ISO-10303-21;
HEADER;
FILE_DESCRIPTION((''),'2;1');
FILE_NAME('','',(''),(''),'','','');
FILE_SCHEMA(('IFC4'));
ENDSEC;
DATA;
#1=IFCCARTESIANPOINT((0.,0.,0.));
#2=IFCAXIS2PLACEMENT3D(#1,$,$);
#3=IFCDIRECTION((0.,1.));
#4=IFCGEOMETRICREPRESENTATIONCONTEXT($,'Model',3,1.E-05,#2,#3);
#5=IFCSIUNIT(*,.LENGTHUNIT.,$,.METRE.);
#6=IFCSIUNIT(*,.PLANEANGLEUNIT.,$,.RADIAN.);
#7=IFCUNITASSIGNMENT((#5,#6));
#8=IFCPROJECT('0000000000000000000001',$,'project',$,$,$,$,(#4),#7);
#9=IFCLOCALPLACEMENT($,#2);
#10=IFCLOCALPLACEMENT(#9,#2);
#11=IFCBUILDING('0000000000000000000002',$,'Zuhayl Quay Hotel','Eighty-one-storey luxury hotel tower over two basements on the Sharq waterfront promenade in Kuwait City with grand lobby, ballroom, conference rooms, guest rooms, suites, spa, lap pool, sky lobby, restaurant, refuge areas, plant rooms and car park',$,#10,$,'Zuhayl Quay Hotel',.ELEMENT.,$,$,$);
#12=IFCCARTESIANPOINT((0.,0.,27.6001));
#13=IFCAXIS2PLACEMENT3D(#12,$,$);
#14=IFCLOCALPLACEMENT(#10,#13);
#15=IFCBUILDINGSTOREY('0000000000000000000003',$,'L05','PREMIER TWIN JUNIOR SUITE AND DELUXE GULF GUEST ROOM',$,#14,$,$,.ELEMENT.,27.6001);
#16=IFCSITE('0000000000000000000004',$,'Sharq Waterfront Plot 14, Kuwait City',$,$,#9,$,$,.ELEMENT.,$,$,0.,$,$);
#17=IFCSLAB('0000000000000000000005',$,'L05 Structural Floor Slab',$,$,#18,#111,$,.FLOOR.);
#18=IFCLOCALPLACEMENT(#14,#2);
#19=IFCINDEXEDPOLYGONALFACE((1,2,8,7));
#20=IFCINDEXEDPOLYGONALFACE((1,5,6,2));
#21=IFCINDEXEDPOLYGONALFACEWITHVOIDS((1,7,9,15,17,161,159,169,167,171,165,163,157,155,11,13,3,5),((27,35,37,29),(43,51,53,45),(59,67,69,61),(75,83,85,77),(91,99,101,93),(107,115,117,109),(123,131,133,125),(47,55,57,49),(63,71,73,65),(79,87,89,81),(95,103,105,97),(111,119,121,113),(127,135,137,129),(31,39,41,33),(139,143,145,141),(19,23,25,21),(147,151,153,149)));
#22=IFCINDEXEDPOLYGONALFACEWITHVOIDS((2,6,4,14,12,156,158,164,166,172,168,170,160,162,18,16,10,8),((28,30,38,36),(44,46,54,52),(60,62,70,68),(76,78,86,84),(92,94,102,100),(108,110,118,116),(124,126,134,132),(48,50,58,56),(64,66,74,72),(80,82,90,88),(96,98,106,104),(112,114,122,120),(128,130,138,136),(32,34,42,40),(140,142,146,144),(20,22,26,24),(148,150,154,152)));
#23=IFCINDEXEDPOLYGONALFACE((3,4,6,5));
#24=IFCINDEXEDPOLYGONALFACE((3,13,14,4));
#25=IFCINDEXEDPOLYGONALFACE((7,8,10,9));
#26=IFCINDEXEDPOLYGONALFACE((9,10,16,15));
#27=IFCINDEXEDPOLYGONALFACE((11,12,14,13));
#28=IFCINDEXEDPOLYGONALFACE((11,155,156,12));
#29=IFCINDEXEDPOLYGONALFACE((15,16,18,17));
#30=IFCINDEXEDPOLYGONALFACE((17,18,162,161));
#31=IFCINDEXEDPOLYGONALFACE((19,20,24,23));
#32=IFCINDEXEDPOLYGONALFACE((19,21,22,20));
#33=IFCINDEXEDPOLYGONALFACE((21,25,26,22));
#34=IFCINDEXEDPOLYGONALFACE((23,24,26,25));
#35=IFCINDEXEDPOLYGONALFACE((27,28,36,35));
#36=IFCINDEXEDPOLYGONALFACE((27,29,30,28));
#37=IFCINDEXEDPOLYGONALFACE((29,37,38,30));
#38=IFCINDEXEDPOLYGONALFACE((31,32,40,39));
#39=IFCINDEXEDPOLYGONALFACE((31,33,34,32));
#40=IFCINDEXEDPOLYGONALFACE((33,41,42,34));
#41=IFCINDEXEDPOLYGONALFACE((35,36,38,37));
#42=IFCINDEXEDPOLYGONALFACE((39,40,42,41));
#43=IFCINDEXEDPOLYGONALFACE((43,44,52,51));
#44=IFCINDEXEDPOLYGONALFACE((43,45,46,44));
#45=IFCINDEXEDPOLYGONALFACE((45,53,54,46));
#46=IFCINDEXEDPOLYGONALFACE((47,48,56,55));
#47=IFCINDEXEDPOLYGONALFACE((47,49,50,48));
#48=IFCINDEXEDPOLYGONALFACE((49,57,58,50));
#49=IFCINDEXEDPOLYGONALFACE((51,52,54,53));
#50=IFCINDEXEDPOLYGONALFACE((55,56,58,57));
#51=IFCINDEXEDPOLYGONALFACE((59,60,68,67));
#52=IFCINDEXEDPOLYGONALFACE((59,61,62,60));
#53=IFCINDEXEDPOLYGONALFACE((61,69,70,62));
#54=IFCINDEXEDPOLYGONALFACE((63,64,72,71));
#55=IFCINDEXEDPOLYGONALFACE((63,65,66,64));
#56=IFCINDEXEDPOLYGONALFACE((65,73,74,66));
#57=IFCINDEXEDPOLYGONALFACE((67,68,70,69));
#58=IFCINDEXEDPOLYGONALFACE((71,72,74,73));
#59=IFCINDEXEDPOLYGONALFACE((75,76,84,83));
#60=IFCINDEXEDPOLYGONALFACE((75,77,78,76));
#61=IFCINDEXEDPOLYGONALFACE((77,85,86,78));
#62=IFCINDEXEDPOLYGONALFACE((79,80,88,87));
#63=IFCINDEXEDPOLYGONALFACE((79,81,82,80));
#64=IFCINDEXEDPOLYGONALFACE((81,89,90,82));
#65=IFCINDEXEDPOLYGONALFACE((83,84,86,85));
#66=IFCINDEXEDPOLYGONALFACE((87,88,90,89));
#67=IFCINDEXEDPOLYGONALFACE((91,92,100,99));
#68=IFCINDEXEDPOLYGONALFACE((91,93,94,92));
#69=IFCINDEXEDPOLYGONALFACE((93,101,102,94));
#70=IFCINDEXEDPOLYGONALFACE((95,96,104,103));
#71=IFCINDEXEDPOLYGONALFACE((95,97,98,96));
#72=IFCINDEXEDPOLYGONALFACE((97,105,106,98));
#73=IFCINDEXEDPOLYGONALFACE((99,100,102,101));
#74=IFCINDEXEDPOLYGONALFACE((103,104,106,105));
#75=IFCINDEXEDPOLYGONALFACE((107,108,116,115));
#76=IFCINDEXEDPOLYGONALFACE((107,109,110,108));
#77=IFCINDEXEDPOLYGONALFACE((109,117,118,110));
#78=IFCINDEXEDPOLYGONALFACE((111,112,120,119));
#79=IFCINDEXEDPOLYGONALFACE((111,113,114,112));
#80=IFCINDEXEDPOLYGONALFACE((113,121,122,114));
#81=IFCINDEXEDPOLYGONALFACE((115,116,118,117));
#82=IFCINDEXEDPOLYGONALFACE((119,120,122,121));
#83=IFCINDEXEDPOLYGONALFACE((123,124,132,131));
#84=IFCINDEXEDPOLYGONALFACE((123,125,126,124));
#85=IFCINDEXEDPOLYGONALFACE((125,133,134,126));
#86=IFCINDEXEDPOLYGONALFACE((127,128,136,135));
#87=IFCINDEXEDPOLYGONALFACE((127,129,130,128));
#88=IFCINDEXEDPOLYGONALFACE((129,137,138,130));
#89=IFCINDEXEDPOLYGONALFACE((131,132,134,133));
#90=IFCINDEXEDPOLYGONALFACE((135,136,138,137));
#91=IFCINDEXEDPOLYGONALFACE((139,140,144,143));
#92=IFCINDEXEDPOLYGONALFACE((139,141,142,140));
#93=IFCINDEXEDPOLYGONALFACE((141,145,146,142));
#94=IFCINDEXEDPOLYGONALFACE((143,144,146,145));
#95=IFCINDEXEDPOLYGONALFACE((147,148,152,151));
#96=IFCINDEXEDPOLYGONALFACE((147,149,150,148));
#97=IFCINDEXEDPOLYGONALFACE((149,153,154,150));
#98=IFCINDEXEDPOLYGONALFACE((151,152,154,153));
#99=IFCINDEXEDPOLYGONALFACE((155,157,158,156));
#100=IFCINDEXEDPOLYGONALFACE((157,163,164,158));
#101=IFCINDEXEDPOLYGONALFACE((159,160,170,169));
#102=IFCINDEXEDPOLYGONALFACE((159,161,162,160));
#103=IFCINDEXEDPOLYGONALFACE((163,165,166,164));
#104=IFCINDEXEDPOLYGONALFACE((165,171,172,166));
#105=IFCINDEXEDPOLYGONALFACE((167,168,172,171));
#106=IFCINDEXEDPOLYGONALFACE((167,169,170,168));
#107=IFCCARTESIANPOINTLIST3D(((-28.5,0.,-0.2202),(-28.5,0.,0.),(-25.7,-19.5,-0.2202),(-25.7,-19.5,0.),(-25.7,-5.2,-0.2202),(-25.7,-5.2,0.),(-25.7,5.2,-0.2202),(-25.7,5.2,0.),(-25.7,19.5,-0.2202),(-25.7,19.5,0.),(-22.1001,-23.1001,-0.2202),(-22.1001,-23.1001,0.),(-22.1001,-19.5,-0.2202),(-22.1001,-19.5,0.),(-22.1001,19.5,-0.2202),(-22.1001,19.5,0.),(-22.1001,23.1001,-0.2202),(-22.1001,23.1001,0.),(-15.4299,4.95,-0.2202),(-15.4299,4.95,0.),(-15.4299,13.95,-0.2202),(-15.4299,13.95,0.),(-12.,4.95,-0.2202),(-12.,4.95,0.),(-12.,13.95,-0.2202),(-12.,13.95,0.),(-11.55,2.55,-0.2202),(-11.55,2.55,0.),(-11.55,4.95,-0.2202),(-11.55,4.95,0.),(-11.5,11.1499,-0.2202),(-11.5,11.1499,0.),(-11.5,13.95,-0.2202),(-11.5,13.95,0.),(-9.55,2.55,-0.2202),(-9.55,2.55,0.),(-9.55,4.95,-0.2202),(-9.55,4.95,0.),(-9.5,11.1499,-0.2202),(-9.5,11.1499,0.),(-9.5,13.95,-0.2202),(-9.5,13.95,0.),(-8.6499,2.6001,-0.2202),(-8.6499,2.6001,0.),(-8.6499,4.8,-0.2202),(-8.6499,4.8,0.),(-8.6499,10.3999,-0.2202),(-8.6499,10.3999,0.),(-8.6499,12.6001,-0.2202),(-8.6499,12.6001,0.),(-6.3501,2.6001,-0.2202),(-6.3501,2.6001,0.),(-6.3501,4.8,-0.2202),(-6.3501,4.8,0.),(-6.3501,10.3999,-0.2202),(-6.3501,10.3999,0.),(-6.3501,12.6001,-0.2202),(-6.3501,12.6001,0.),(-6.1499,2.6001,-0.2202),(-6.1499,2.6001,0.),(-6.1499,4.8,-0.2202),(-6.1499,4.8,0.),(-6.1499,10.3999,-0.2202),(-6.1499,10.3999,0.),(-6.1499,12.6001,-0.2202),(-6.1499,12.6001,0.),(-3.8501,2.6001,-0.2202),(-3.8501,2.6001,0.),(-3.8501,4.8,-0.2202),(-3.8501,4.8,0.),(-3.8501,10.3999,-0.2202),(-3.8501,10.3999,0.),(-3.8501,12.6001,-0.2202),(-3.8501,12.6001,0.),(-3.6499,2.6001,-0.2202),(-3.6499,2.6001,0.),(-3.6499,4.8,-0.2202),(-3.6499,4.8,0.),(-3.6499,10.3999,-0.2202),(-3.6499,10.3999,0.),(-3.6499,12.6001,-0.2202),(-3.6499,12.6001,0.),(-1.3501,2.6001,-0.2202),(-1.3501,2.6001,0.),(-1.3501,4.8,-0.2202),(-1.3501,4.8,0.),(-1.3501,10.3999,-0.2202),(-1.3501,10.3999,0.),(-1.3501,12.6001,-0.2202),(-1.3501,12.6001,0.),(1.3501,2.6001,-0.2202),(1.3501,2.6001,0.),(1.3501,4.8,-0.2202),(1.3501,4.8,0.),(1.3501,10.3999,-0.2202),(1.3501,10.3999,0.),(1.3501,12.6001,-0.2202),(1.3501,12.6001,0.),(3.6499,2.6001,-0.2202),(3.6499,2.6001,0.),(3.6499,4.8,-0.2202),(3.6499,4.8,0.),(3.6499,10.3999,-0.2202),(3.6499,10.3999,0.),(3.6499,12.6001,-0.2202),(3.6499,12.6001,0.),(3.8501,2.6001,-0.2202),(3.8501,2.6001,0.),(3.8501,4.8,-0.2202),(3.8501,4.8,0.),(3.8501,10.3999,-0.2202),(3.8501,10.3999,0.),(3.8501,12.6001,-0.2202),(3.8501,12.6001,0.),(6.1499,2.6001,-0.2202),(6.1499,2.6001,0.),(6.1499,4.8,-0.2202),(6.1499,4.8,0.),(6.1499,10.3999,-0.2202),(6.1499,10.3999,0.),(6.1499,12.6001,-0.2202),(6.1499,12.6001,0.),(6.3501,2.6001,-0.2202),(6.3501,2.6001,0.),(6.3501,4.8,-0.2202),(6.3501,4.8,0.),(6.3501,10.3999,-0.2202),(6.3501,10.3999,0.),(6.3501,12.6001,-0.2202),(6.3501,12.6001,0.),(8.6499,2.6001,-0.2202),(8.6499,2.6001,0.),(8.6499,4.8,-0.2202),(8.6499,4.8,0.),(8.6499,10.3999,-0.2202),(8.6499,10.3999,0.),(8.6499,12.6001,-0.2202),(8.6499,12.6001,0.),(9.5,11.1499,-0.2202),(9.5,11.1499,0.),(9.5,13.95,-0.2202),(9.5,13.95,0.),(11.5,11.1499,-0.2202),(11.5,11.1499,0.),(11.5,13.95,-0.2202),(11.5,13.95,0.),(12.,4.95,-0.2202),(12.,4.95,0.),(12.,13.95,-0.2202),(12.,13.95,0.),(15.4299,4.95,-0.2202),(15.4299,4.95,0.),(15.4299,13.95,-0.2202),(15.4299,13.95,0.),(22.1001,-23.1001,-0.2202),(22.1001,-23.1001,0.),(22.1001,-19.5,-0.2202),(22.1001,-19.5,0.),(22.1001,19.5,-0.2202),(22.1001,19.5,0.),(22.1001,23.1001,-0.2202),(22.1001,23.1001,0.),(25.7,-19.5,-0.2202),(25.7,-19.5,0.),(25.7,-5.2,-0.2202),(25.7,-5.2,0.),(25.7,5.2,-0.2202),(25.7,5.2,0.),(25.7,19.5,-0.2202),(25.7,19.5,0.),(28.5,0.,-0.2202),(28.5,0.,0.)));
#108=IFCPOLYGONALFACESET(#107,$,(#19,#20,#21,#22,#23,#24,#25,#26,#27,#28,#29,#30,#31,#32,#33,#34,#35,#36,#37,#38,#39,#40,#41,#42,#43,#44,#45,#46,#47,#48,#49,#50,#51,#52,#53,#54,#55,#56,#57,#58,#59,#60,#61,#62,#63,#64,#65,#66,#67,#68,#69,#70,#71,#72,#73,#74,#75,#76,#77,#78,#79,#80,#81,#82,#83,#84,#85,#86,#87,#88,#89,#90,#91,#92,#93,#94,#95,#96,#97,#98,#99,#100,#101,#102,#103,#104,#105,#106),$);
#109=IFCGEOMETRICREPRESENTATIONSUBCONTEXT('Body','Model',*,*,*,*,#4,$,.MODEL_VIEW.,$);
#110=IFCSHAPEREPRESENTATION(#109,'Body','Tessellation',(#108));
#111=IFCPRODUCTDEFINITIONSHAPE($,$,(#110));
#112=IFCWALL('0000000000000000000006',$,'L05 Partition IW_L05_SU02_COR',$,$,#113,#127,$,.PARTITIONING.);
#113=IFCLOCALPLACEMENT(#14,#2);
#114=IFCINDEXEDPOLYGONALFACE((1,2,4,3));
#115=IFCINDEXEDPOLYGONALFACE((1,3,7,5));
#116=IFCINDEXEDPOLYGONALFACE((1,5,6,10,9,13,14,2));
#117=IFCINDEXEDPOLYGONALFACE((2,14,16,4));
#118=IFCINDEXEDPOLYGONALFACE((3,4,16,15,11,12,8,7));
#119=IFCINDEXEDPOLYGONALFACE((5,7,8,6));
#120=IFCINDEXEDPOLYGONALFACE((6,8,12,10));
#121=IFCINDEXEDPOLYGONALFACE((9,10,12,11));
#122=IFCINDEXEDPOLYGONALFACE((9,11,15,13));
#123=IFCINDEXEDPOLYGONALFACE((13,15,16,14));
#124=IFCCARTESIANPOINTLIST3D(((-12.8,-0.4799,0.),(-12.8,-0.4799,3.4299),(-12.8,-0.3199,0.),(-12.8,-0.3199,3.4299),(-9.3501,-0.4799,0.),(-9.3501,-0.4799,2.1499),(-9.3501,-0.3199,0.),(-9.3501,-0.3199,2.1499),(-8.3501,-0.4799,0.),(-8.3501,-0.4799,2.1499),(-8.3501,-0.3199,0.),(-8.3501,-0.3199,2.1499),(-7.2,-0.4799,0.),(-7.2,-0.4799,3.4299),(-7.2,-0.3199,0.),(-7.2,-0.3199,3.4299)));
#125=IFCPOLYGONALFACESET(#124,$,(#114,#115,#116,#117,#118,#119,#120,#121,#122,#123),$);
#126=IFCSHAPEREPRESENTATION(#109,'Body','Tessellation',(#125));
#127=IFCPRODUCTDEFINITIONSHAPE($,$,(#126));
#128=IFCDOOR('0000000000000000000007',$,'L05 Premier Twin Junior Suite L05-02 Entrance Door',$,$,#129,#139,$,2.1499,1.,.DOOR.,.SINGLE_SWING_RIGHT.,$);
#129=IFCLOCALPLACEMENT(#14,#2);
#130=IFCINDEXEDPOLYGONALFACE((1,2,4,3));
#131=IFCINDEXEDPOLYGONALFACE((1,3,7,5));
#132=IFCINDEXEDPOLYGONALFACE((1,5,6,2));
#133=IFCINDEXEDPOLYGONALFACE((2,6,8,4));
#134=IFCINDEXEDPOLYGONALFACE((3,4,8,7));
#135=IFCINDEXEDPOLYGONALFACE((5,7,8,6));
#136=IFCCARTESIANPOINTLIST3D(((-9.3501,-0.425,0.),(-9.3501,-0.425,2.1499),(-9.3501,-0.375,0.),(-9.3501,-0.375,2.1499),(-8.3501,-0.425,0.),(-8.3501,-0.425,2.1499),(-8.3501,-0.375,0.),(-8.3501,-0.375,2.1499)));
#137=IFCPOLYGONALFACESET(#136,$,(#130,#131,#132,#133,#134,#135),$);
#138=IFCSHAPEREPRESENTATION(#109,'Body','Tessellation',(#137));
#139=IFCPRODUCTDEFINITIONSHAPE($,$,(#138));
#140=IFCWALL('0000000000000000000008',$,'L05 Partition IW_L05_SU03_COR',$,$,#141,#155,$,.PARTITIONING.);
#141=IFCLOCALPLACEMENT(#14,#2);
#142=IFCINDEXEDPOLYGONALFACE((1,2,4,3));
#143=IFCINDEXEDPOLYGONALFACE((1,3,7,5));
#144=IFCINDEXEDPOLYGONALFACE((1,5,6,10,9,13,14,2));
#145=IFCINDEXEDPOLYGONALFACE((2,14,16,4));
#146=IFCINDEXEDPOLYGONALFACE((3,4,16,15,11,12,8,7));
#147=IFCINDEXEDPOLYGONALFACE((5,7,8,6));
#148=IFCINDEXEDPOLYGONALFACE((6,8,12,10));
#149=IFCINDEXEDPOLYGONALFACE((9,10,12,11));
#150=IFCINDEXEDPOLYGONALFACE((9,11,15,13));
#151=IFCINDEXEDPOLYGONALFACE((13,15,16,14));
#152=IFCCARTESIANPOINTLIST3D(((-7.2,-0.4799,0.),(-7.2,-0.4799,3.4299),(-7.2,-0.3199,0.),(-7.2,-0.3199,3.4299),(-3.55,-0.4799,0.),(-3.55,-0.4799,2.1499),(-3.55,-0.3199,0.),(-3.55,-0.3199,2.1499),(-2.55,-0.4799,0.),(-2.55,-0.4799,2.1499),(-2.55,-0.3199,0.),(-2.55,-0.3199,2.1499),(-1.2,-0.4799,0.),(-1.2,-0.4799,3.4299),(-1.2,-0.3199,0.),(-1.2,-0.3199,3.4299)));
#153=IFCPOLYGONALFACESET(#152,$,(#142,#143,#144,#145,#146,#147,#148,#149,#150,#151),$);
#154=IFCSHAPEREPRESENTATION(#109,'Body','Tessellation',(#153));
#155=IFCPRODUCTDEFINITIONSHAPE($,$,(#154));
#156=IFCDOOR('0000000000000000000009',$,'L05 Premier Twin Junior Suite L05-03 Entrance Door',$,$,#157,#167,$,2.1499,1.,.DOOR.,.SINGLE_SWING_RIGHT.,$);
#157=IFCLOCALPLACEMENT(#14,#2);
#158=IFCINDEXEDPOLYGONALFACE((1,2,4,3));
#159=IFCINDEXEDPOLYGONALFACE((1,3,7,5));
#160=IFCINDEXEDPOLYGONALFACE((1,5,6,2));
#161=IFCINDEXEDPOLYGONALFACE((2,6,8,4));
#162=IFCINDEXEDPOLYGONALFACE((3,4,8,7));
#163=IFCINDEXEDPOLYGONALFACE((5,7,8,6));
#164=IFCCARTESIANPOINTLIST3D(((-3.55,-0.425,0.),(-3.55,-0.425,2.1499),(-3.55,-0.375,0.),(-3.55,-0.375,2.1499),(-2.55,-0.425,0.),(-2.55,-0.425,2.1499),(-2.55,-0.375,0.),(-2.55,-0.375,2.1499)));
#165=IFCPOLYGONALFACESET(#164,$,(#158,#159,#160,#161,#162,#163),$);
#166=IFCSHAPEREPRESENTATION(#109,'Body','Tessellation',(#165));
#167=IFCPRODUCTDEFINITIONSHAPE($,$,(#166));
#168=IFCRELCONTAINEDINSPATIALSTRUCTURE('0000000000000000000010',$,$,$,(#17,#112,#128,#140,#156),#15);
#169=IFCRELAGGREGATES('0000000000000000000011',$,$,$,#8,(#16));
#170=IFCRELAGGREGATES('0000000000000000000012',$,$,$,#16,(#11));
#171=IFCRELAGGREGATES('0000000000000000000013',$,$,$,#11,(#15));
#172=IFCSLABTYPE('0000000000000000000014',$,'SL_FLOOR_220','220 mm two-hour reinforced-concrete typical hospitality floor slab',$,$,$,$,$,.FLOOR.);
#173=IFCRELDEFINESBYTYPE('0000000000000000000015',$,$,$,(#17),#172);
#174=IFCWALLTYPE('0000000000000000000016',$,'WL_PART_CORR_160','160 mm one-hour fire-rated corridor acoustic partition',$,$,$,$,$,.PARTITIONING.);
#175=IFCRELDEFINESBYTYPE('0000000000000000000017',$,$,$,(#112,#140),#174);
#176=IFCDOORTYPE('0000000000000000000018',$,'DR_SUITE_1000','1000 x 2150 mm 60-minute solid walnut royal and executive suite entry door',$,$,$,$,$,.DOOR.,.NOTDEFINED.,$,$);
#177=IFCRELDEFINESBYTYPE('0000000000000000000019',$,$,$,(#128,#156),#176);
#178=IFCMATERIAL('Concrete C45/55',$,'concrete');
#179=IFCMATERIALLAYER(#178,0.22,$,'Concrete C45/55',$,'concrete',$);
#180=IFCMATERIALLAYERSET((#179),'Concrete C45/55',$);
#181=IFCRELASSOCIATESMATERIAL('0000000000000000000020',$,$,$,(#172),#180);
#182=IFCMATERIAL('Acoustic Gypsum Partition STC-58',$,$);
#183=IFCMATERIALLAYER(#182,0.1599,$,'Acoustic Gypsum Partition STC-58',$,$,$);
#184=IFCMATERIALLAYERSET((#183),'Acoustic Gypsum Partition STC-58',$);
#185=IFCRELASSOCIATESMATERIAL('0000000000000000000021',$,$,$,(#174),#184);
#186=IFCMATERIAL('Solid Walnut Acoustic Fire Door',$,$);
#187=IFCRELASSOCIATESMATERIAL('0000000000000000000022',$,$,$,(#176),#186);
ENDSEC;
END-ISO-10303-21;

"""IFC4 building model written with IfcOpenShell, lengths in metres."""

from ifc_helpers import new_model, si_unit, direction, frame, frame_2d, origin, place, context, subcontext, project, spatial, polyline, rectangle, outline, extrude, material, layer, layer_set, type_object, element, fill, save


model = new_model("IFC4")

# Units and contexts
model_context = context("Model", 3, precision=1e-05, world=origin(), true_north=direction((0.0, 1.0)))
body_context = subcontext(model_context, "Body", "Model", "MODEL_VIEW")
ifc_project = project(units=[si_unit("LENGTHUNIT", "METRE"), si_unit("PLANEANGLEUNIT", "RADIAN")], contexts=[model_context])

# Site, building, storey
site_placement = place(None, origin())
site = spatial("IfcSite", under=ifc_project, at=site_placement, Name="Sharq Waterfront Plot 14, Kuwait City", CompositionType="ELEMENT", RefElevation=0.0)
building_placement = place(site_placement, origin())
building = spatial("IfcBuilding", under=site, at=building_placement, Name="Zuhayl Quay Hotel", Description="Eighty-one-storey luxury hotel tower over two basements on the Sharq waterfront promenade in Kuwait City with grand lobby, ballroom, conference rooms, guest rooms, suites, spa, lap pool, sky lobby, restaurant, refuge areas, plant rooms and car park", LongName="Zuhayl Quay Hotel", CompositionType="ELEMENT")
storey_placement = place(building_placement, frame((0.0, 0.0, 27.6001)))
storey = spatial("IfcBuildingStorey", under=building, at=storey_placement, Name="L05", Description="PREMIER TWIN JUNIOR SUITE AND DELUXE GULF GUEST ROOM", CompositionType="ELEMENT", Elevation=27.6001)

# Slab
ifc_material_1 = material(Name="Concrete C45/55", Category="concrete")
ifc_layer_1 = layer(ifc_material_1, 0.22, Name="Concrete C45/55", Category="concrete")
ifc_layer_set_1 = layer_set([ifc_layer_1], Name="Concrete C45/55")
slab_type = type_object("IfcSlabType", Name="SL_FLOOR_220", Description="220 mm two-hour reinforced-concrete typical hospitality floor slab", PredefinedType="FLOOR", material=ifc_layer_set_1)
slab_placement = place(storey_placement, frame((0.0, 0.0, -0.2202)))
element("IfcSlab", 1, at=slab_placement, inside=storey, type_object=slab_type, Name="L05 Structural Floor Slab", PredefinedType="FLOOR", context=body_context, shape_type="SweptSolid", body=[
    extrude(outline(polyline([(-22.1001, -23.1001), (22.1001, -23.1001), (22.1001, -19.5), (25.7, -19.5), (25.7, -5.2), (28.5, 0.0), (25.7, 5.2), (25.7, 19.5), (22.1001, 19.5), (22.1001, 23.1001), (-22.1001, 23.1001), (-22.1001, 19.5), (-25.7, 19.5), (-25.7, 5.2), (-28.5, 0.0), (-25.7, -5.2), (-25.7, -19.5), (-22.1001, -19.5), (-22.1001, -23.1001)]), holes=[polyline([(-12.0, 4.95), (-12.0, 13.95), (-15.4299, 13.95), (-15.4299, 4.95), (-12.0, 4.95)]), polyline([(15.4299, 4.95), (15.4299, 13.95), (12.0, 13.95), (12.0, 4.95), (15.4299, 4.95)]), polyline([(-11.5, 11.1499), (-9.5, 11.1499), (-9.5, 13.95), (-11.5, 13.95), (-11.5, 11.1499)]), polyline([(9.5, 11.1499), (11.5, 11.1499), (11.5, 13.95), (9.5, 13.95), (9.5, 11.1499)]), polyline([(-8.6499, 2.6001), (-6.3501, 2.6001), (-6.3501, 4.8), (-8.6499, 4.8), (-8.6499, 2.6001)]), polyline([(-6.1499, 2.6001), (-3.8501, 2.6001), (-3.8501, 4.8), (-6.1499, 4.8), (-6.1499, 2.6001)]), polyline([(-8.6499, 10.3999), (-6.3501, 10.3999), (-6.3501, 12.6001), (-8.6499, 12.6001), (-8.6499, 10.3999)]), polyline([(-6.1499, 10.3999), (-3.8501, 10.3999), (-3.8501, 12.6001), (-6.1499, 12.6001), (-6.1499, 10.3999)]), polyline([(-3.6499, 2.6001), (-1.3501, 2.6001), (-1.3501, 4.8), (-3.6499, 4.8), (-3.6499, 2.6001)]), polyline([(1.3501, 2.6001), (3.6499, 2.6001), (3.6499, 4.8), (1.3501, 4.8), (1.3501, 2.6001)]), polyline([(-3.6499, 10.3999), (-1.3501, 10.3999), (-1.3501, 12.6001), (-3.6499, 12.6001), (-3.6499, 10.3999)]), polyline([(1.3501, 10.3999), (3.6499, 10.3999), (3.6499, 12.6001), (1.3501, 12.6001), (1.3501, 10.3999)]), polyline([(3.8501, 2.6001), (6.1499, 2.6001), (6.1499, 4.8), (3.8501, 4.8), (3.8501, 2.6001)]), polyline([(6.3501, 2.6001), (8.6499, 2.6001), (8.6499, 4.8), (6.3501, 4.8), (6.3501, 2.6001)]), polyline([(3.8501, 10.3999), (6.1499, 10.3999), (6.1499, 12.6001), (3.8501, 12.6001), (3.8501, 10.3999)]), polyline([(6.3501, 10.3999), (8.6499, 10.3999), (8.6499, 12.6001), (6.3501, 12.6001), (6.3501, 10.3999)]), polyline([(-11.55, 2.55), (-9.55, 2.55), (-9.55, 4.95), (-11.55, 4.95), (-11.55, 2.55)])]), origin(), (0.0, 0.0, 1.0), 0.2202),
])

# Walls, openings, doors
ifc_material_2 = material(Name="Acoustic Gypsum Partition STC-58")
ifc_layer_2 = layer(ifc_material_2, 0.1599, Name="Acoustic Gypsum Partition STC-58")
ifc_layer_set_2 = layer_set([ifc_layer_2], Name="Acoustic Gypsum Partition STC-58")
wall_type = type_object("IfcWallType", Name="WL_PART_CORR_160", Description="160 mm one-hour fire-rated corridor acoustic partition", PredefinedType="PARTITIONING", material=ifc_layer_set_2)
wall_1_placement = place(storey_placement, frame((-12.8, -0.3999, 0.0), z_axis=(0.0, 0.0, 1.0), x_axis=(1.0, 0.0, 0.0)))
wall_1 = element("IfcWall", 2, at=wall_1_placement, inside=storey, type_object=wall_type, Name="L05 Partition IW_L05_SU02_COR", PredefinedType="PARTITIONING", context=body_context, shape_type="SweptSolid", body=[
    extrude(rectangle(XDim=5.6001, YDim=0.1599, at=frame_2d((2.8, 0.0))), origin(), (0.0, 0.0, 1.0), 3.4299),
])
opening_1_placement = place(wall_1_placement, frame((3.45, 0.0, 0.0)))
opening_1 = element("IfcOpeningElement", 3, at=opening_1_placement, cuts=wall_1, PredefinedType="OPENING", context=body_context, shape_type="SweptSolid", body=[
    extrude(rectangle(XDim=1.0, YDim=2.1499, at=frame_2d((0.5, 1.075))), frame((0.0, 0.0898, 0.0), z_axis=(0.0, -1.0, 0.0), x_axis=(1.0, 0.0, 0.0)), (0.0, 0.0, 1.0), 0.1799),
])
ifc_material_3 = material(Name="Solid Walnut Acoustic Fire Door")
door_type = type_object("IfcDoorType", Name="DR_SUITE_1000", Description="1000 x 2150 mm 60-minute solid walnut royal and executive suite entry door", OperationType="NOTDEFINED", PredefinedType="DOOR", material=ifc_material_3)
door_1_placement = place(opening_1_placement, origin())
door_1 = element("IfcDoor", 4, at=door_1_placement, inside=storey, type_object=door_type, Name="L05 Premier Twin Junior Suite L05-02 Entrance Door", OperationType="SINGLE_SWING_RIGHT", OverallHeight=2.1499, OverallWidth=1.0, PredefinedType="DOOR", context=body_context, shape_type="SweptSolid", body=[
    extrude(rectangle(XDim=1.0, YDim=2.1499, at=frame_2d((0.5, 1.075))), frame((0.0, 0.0249, 0.0), z_axis=(0.0, -1.0, 0.0), x_axis=(1.0, 0.0, 0.0)), (0.0, 0.0, 1.0), 0.05),
])
fill(opening_1, door_1)
wall_2_placement = place(storey_placement, frame((-7.2, -0.3999, 0.0), z_axis=(0.0, 0.0, 1.0), x_axis=(1.0, 0.0, 0.0)))
wall_2 = element("IfcWall", 5, at=wall_2_placement, inside=storey, type_object=wall_type, Name="L05 Partition IW_L05_SU03_COR", PredefinedType="PARTITIONING", context=body_context, shape_type="SweptSolid", body=[
    extrude(rectangle(XDim=6.0, YDim=0.1599, at=frame_2d((3.0, 0.0))), origin(), (0.0, 0.0, 1.0), 3.4299),
])
opening_2_placement = place(wall_2_placement, frame((3.6499, 0.0, 0.0)))
opening_2 = element("IfcOpeningElement", 6, at=opening_2_placement, cuts=wall_2, PredefinedType="OPENING", context=body_context, shape_type="SweptSolid", body=[
    extrude(rectangle(XDim=1.0, YDim=2.1499, at=frame_2d((0.5, 1.075))), frame((0.0, 0.0898, 0.0), z_axis=(0.0, -1.0, 0.0), x_axis=(1.0, 0.0, 0.0)), (0.0, 0.0, 1.0), 0.1799),
])
door_2_placement = place(opening_2_placement, origin())
door_2 = element("IfcDoor", 7, at=door_2_placement, inside=storey, type_object=door_type, Name="L05 Premier Twin Junior Suite L05-03 Entrance Door", OperationType="SINGLE_SWING_RIGHT", OverallHeight=2.1499, OverallWidth=1.0, PredefinedType="DOOR", context=body_context, shape_type="SweptSolid", body=[
    extrude(rectangle(XDim=1.0, YDim=2.1499, at=frame_2d((0.5, 1.075))), frame((0.0, 0.0249, 0.0), z_axis=(0.0, -1.0, 0.0), x_axis=(1.0, 0.0, 0.0)), (0.0, 0.0, 1.0), 0.05),
])
fill(opening_2, door_2)

save(model, "model.ifc")
